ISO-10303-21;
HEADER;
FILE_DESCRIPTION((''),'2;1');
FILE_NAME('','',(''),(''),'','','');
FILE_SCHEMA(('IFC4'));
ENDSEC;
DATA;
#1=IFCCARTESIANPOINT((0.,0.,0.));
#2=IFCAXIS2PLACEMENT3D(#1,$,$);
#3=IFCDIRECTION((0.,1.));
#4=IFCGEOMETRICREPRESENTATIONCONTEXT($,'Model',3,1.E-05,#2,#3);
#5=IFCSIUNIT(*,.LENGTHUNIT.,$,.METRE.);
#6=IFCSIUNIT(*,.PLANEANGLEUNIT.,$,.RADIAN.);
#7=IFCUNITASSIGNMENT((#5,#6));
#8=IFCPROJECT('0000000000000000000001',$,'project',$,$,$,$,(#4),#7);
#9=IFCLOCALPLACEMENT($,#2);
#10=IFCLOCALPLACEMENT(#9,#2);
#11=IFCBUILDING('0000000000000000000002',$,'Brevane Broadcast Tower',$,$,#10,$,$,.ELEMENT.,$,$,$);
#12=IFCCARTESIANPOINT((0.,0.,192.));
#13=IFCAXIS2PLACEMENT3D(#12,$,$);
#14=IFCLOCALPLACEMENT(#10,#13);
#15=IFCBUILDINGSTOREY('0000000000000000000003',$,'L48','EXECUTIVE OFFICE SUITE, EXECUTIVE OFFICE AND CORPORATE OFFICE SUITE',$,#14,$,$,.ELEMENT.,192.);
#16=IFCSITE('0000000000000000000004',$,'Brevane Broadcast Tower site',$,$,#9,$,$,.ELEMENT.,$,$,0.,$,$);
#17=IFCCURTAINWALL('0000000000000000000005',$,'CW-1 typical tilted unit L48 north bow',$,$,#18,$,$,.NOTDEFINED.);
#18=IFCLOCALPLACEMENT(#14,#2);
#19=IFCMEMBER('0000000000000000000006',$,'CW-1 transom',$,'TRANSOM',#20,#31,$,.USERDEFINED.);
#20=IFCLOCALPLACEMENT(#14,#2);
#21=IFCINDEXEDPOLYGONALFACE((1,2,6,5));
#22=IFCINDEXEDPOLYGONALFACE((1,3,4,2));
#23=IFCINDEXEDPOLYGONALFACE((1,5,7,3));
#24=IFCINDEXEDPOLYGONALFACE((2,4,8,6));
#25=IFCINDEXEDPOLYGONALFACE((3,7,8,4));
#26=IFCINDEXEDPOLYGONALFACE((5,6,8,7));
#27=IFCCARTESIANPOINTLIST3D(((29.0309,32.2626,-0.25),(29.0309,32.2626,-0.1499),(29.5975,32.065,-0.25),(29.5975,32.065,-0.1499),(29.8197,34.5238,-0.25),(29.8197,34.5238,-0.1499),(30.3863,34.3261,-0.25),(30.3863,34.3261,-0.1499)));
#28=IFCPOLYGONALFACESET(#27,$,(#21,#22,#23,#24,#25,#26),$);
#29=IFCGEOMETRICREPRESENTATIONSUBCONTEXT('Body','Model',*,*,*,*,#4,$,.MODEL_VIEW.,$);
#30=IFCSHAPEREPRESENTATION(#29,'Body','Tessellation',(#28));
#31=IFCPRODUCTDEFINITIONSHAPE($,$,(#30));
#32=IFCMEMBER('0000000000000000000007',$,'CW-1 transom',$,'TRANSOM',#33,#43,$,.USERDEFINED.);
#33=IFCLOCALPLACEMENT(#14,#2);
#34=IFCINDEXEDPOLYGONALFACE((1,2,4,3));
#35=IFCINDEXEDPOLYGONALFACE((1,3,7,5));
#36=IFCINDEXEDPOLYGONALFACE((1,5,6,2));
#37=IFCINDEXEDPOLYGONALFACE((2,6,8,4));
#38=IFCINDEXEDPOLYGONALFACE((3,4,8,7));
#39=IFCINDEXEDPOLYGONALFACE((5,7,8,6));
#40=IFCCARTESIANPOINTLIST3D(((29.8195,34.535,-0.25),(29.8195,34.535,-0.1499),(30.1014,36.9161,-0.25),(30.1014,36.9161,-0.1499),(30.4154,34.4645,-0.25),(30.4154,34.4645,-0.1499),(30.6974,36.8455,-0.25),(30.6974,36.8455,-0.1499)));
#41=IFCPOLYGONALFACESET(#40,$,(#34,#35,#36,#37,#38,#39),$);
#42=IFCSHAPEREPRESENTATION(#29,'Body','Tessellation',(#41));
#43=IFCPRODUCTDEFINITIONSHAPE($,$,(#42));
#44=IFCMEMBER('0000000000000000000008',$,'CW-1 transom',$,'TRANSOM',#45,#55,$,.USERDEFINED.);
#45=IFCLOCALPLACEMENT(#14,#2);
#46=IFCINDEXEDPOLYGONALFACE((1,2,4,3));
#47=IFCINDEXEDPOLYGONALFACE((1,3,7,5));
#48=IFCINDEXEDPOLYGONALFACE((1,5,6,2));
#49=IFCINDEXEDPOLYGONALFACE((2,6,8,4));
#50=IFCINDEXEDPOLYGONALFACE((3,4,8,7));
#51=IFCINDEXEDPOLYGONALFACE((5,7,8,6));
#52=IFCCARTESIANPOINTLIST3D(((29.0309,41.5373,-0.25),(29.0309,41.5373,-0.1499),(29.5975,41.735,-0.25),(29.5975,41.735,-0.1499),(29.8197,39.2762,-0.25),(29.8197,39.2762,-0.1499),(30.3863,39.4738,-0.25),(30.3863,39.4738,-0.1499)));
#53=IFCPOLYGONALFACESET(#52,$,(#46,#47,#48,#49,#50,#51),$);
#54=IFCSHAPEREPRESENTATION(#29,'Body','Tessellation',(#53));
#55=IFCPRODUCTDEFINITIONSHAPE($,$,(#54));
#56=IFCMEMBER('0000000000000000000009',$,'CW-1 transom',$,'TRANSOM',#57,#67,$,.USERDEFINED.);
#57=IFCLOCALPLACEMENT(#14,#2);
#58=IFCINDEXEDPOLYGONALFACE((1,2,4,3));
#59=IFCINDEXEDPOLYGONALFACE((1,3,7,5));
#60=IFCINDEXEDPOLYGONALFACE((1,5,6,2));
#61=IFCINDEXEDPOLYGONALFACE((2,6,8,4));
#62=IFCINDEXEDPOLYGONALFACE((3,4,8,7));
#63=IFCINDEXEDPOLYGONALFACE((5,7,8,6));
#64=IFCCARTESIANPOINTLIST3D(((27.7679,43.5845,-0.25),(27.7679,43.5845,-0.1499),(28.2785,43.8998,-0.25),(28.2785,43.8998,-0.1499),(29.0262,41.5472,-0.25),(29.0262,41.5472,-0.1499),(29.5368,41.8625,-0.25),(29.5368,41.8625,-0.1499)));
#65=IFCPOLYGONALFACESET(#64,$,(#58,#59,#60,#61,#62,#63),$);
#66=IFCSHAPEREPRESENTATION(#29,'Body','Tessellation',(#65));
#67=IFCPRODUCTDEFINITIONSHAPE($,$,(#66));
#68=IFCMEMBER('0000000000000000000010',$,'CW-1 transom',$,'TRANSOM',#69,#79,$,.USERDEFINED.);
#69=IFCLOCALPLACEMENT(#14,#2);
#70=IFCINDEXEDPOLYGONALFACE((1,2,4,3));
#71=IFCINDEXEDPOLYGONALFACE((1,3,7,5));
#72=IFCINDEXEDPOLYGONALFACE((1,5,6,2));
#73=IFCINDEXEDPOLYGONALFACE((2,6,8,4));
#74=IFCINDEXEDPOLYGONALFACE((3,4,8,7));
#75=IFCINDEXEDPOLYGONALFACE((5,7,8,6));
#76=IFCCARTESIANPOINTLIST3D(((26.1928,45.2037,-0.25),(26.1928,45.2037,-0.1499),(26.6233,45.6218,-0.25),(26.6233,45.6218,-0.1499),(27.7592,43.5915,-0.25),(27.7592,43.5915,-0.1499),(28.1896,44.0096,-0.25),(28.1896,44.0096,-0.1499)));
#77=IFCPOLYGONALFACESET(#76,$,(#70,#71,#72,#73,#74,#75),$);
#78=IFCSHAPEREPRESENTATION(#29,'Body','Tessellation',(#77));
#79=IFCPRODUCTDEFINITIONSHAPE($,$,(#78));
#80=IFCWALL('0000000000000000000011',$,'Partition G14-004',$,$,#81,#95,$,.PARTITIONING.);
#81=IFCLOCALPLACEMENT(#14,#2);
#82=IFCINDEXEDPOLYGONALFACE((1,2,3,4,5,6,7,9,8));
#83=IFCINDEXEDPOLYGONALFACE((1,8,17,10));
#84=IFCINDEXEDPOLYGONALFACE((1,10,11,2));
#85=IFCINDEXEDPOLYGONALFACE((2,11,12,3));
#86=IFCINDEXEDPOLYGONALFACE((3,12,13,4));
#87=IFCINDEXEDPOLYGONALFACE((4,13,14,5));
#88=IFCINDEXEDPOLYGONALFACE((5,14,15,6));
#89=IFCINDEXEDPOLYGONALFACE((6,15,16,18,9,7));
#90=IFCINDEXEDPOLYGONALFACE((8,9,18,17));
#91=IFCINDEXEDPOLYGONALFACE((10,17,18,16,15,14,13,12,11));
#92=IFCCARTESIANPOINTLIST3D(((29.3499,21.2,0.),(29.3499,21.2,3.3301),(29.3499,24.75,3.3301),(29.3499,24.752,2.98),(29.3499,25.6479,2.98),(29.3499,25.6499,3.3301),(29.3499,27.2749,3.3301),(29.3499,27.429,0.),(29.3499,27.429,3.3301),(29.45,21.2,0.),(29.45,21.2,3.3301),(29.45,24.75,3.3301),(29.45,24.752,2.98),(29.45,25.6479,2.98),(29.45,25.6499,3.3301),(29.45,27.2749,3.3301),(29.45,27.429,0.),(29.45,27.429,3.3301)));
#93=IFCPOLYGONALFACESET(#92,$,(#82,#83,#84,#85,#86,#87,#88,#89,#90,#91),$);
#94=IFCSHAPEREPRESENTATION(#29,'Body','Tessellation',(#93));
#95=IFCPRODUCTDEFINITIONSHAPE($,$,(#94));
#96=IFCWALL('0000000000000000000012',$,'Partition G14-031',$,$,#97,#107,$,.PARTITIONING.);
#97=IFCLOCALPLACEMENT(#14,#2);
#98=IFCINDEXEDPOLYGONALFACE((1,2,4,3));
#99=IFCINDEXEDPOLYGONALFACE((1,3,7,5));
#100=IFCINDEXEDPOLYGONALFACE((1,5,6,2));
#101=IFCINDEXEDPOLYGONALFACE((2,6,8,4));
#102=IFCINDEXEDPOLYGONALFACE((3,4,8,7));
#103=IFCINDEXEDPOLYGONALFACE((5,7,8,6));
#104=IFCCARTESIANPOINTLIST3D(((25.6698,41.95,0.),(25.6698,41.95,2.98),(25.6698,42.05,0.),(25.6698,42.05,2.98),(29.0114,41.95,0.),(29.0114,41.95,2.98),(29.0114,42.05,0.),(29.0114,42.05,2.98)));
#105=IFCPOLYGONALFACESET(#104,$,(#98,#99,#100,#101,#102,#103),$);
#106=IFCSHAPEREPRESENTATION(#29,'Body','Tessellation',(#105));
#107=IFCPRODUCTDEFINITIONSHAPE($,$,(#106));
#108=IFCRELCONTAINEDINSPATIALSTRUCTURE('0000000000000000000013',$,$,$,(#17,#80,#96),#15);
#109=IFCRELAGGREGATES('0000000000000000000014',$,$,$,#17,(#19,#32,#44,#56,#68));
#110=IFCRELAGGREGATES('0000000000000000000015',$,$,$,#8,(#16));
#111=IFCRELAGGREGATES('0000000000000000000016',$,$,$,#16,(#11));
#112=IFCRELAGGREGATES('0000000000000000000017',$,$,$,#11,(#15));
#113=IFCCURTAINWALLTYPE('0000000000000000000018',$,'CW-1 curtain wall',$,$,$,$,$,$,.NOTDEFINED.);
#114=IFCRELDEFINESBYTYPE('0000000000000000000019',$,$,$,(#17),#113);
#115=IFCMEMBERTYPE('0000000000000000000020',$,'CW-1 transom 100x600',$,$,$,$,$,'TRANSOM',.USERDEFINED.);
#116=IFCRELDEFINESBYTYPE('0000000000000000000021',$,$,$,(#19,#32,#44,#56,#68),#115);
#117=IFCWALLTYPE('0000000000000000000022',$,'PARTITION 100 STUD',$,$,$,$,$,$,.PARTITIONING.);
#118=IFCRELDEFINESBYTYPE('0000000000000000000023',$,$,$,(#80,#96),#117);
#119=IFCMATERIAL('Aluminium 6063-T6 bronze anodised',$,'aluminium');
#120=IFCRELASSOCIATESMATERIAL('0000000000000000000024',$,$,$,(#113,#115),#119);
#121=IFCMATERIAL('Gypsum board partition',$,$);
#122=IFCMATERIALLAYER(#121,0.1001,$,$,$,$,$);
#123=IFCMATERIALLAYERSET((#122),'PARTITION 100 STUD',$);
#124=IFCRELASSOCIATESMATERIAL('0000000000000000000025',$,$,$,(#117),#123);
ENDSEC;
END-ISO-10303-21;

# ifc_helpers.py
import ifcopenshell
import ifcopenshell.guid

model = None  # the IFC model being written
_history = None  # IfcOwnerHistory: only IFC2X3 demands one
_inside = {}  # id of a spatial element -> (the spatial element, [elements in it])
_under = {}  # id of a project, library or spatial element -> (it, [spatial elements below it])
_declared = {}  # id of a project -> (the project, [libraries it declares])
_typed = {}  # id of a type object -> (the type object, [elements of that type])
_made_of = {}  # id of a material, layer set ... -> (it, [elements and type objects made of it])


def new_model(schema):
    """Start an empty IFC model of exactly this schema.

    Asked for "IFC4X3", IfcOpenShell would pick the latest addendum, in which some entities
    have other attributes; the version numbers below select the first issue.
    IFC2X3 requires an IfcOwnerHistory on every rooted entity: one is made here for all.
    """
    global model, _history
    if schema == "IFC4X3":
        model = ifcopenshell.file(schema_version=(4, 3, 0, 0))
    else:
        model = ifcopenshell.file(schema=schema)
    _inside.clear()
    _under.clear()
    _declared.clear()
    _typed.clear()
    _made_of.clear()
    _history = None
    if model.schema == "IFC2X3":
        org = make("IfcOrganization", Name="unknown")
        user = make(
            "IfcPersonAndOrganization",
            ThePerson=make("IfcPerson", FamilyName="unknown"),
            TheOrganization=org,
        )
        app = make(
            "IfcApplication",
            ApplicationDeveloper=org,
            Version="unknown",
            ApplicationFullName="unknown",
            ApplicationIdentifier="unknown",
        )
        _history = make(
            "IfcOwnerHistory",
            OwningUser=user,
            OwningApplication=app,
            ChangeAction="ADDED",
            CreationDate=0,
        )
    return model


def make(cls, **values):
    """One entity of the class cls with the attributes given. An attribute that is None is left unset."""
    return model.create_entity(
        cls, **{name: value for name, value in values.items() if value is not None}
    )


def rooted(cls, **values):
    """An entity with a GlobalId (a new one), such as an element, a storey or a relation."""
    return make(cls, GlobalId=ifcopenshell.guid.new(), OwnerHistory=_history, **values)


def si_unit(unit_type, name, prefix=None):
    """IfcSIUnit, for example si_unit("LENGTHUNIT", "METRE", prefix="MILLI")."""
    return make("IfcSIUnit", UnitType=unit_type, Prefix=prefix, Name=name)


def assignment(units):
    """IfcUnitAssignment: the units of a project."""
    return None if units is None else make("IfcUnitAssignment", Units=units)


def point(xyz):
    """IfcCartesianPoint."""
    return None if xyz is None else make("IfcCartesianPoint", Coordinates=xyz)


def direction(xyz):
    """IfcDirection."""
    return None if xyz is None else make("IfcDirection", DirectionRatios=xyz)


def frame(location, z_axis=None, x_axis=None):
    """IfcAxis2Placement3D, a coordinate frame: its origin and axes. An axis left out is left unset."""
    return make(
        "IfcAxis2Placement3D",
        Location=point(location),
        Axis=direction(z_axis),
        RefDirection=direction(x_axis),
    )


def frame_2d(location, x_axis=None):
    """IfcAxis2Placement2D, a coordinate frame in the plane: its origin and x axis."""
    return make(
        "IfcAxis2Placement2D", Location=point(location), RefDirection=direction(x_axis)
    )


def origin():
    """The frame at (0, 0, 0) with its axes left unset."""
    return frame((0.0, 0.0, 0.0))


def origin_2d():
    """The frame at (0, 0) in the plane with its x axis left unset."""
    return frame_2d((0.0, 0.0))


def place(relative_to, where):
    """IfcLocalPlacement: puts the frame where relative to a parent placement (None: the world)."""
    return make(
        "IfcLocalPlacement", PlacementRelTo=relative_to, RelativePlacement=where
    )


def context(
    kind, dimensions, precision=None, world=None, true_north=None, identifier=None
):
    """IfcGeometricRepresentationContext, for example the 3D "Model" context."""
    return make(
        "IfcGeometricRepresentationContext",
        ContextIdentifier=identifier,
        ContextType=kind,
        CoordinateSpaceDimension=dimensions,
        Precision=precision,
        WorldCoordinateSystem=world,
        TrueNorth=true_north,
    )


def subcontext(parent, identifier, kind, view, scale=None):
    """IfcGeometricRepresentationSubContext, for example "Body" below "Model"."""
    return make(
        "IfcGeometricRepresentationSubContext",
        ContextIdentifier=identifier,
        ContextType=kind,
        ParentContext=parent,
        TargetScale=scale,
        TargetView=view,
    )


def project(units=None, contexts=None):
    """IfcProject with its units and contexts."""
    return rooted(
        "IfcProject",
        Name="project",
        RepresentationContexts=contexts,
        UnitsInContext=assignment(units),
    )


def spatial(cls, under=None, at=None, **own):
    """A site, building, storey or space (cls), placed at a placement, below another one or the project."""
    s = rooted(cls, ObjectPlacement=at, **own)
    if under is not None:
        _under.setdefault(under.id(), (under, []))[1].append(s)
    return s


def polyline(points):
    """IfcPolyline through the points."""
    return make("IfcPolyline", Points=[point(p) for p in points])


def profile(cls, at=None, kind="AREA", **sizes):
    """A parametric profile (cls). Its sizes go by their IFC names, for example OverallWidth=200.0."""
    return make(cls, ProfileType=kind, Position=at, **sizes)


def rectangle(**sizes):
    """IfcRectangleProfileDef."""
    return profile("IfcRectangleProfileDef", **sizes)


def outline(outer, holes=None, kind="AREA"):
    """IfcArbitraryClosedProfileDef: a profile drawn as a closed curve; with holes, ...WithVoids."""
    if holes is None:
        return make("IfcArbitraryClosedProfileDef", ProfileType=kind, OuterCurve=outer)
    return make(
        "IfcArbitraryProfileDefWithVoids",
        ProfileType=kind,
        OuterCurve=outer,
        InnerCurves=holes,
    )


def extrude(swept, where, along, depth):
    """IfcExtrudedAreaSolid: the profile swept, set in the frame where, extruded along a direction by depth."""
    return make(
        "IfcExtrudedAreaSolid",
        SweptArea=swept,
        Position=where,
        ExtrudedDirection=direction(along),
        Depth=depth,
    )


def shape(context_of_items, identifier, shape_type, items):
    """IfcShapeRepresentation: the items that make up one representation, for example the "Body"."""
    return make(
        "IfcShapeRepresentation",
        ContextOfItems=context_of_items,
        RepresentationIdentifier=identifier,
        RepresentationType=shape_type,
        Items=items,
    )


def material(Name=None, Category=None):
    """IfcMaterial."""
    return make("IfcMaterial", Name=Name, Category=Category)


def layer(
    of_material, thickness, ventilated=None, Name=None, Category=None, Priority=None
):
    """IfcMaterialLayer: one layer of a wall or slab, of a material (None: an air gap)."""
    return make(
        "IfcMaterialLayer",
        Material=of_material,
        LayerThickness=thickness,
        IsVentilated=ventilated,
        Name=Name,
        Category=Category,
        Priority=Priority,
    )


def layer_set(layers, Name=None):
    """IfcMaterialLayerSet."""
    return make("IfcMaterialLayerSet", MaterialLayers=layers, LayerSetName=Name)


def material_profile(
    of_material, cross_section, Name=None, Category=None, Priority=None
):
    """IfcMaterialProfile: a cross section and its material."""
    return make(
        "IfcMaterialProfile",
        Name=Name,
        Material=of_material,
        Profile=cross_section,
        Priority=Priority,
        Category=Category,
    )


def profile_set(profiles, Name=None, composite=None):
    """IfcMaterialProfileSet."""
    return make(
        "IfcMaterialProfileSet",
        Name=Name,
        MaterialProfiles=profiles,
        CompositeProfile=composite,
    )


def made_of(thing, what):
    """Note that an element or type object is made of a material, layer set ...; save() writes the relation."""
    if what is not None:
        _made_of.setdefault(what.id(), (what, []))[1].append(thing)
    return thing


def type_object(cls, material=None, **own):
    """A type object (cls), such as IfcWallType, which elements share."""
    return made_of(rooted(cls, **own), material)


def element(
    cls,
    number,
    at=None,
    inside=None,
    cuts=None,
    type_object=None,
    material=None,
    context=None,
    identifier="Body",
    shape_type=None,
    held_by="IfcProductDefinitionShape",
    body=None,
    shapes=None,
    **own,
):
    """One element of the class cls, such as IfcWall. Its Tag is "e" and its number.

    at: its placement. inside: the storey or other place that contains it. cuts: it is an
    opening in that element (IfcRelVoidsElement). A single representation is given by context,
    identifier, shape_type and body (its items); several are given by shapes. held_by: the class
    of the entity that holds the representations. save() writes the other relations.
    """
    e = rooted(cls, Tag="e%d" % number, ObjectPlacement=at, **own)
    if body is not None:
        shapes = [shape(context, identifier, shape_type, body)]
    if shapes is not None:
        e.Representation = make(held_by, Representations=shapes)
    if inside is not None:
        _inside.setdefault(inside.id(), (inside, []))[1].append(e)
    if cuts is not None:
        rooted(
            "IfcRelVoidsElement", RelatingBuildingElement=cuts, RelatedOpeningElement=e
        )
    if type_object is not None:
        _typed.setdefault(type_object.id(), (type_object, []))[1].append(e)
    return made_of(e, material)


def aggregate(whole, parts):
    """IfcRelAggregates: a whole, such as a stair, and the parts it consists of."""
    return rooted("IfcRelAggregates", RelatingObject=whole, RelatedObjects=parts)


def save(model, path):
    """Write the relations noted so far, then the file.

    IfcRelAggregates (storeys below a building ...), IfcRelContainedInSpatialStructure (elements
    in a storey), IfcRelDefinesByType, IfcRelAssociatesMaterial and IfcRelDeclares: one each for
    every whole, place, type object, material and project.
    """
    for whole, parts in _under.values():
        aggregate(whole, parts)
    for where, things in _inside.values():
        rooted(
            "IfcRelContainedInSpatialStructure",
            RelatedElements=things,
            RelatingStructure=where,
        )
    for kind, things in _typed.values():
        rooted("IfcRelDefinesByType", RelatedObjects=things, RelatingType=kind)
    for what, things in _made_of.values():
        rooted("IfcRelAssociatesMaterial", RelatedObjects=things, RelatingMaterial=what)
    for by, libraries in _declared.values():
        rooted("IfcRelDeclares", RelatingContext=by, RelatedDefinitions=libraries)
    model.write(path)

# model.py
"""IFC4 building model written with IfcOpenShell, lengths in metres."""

from ifc_helpers import new_model, si_unit, direction, frame, frame_2d, origin, origin_2d, place, context, subcontext, project, spatial, polyline, rectangle, outline, extrude, material, layer, layer_set, material_profile, profile_set, type_object, element, aggregate, save


model = new_model("IFC4")

# Units and contexts
model_context = context("Model", 3, precision=1e-05, world=origin(), true_north=direction((0.0, 1.0)))
body_context = subcontext(model_context, "Body", "Model", "MODEL_VIEW")
ifc_project = project(units=[si_unit("LENGTHUNIT", "METRE"), si_unit("PLANEANGLEUNIT", "RADIAN")], contexts=[model_context])

# Site, building, storey
site_placement = place(None, origin())
site = spatial("IfcSite", under=ifc_project, at=site_placement, Name="Brevane Broadcast Tower site", CompositionType="ELEMENT", RefElevation=0.0)
building_placement = place(site_placement, origin())
building = spatial("IfcBuilding", under=site, at=building_placement, Name="Brevane Broadcast Tower", CompositionType="ELEMENT")
storey_placement = place(building_placement, frame((0.0, 0.0, 192.0)))
storey = spatial("IfcBuildingStorey", under=building, at=storey_placement, Name="L48", Description="EXECUTIVE OFFICE SUITE, EXECUTIVE OFFICE AND CORPORATE OFFICE SUITE", CompositionType="ELEMENT", Elevation=192.0)

# Curtain wall
ifc_material_1 = material(Name="Aluminium 6063-T6 bronze anodised", Category="aluminium")
curtain_wall_type = type_object("IfcCurtainWallType", Name="CW-1 curtain wall", PredefinedType="NOTDEFINED", material=ifc_material_1)
curtain_wall_1_placement = place(storey_placement, origin())
curtain_wall_1 = element("IfcCurtainWall", 1, at=curtain_wall_1_placement, inside=storey, type_object=curtain_wall_type, Name="CW-1 typical tilted unit L48 north bow", PredefinedType="NOTDEFINED")

# Members
ifc_material_profile_1 = material_profile(ifc_material_1, rectangle(XDim=0.6001, YDim=0.1001, at=origin_2d()), Name="RECT 100x600")
ifc_profile_set_1 = profile_set([ifc_material_profile_1], Name="Aluminium 6063-T6 bronze anodised")
member_type_1 = type_object("IfcMemberType", Name="CW-1 transom 100x600", ElementType="TRANSOM", PredefinedType="USERDEFINED", material=ifc_profile_set_1)
member_1_placement = place(storey_placement, frame((29.3142, 32.1638, -0.2), z_axis=(0.329378, 0.944198, 0.0), x_axis=(-0.944198, 0.329378, 0.0)))
member_1 = element("IfcMember", 2, at=member_1_placement, type_object=member_type_1, Name="CW-1 transom", ObjectType="TRANSOM", PredefinedType="USERDEFINED", context=body_context, shape_type="SweptSolid", body=[
    extrude(rectangle(XDim=0.6001, YDim=0.1001, at=origin_2d()), origin(), (0.0, 0.0, 1.0), 2.3948),
])
member_2_placement = place(storey_placement, frame((30.1174, 34.4998, -0.2), z_axis=(0.117603, 0.993061, 0.0), x_axis=(-0.993061, 0.117603, 0.0)))
member_2 = element("IfcMember", 3, at=member_2_placement, type_object=member_type_1, Name="CW-1 transom", ObjectType="TRANSOM", PredefinedType="USERDEFINED", context=body_context, shape_type="SweptSolid", body=[
    extrude(rectangle(XDim=0.6001, YDim=0.1001, at=origin_2d()), origin(), (0.0, 0.0, 1.0), 2.3977),
])
member_3_placement = place(storey_placement, frame((30.103, 39.375, -0.2), z_axis=(-0.329378, 0.944198, 0.0), x_axis=(-0.944198, -0.329378, 0.0)))
member_3 = element("IfcMember", 4, at=member_3_placement, type_object=member_type_1, Name="CW-1 transom", ObjectType="TRANSOM", PredefinedType="USERDEFINED", context=body_context, shape_type="SweptSolid", body=[
    extrude(rectangle(XDim=0.6001, YDim=0.1001, at=origin_2d()), origin(), (0.0, 0.0, 1.0), 2.3948),
])
member_4_placement = place(storey_placement, frame((29.2815, 41.7048, -0.2), z_axis=(-0.525473, 0.85081, 0.0), x_axis=(-0.85081, -0.525473, 0.0)))
member_4 = element("IfcMember", 5, at=member_4_placement, type_object=member_type_1, Name="CW-1 transom", ObjectType="TRANSOM", PredefinedType="USERDEFINED", context=body_context, shape_type="SweptSolid", body=[
    extrude(rectangle(XDim=0.6001, YDim=0.1001, at=origin_2d()), origin(), (0.0, 0.0, 1.0), 2.3945),
])
member_5_placement = place(storey_placement, frame((27.9744, 43.8005, -0.2), z_axis=(-0.696824, 0.717242, 0.0), x_axis=(-0.717242, -0.696824, 0.0)))
member_5 = element("IfcMember", 6, at=member_5_placement, type_object=member_type_1, Name="CW-1 transom", ObjectType="TRANSOM", PredefinedType="USERDEFINED", context=body_context, shape_type="SweptSolid", body=[
    extrude(rectangle(XDim=0.6001, YDim=0.1001, at=origin_2d()), origin(), (0.0, 0.0, 1.0), 2.2478),
])
aggregate(curtain_wall_1, [member_1, member_2, member_3, member_4, member_5])

# Walls
ifc_material_2 = material(Name="Gypsum board partition")
ifc_layer = layer(ifc_material_2, 0.1001)
ifc_layer_set = layer_set([ifc_layer], Name="PARTITION 100 STUD")
wall_type = type_object("IfcWallType", Name="PARTITION 100 STUD", PredefinedType="PARTITIONING", material=ifc_layer_set)
wall_1_placement = place(storey_placement, frame((29.3999, 27.429, 0.0), z_axis=(0.0, 0.0, 1.0), x_axis=(0.0, -1.0, 0.0)))
element("IfcWall", 7, at=wall_1_placement, inside=storey, type_object=wall_type, Name="Partition G14-004", PredefinedType="PARTITIONING", context=body_context, shape_type="SweptSolid", body=[
    extrude(outline(polyline([(0.0, 0.0), (6.229, 0.0), (6.229, 3.3301), (2.679, 3.3301), (2.677, 2.98), (1.781, 2.98), (1.7791, 3.3301), (0.1541, 3.3301), (0.0, 3.3301), (0.0, 0.0)])), frame((0.0, 0.05, 0.0), z_axis=(0.0, -1.0, 0.0), x_axis=(1.0, 0.0, 0.0)), (0.0, 0.0, 1.0), 0.1001),
])
wall_2_placement = place(storey_placement, frame((29.0115, 42.0, 0.0), z_axis=(0.0, 0.0, 1.0), x_axis=(-1.0, 0.0, 0.0)))
element("IfcWall", 8, at=wall_2_placement, inside=storey, type_object=wall_type, Name="Partition G14-031", PredefinedType="PARTITIONING", context=body_context, shape_type="SweptSolid", body=[
    extrude(rectangle(XDim=3.3416, YDim=0.1001, at=frame_2d((1.6709, 0.0))), origin(), (0.0, 0.0, 1.0), 2.98),
])

save(model, "model.ifc")
